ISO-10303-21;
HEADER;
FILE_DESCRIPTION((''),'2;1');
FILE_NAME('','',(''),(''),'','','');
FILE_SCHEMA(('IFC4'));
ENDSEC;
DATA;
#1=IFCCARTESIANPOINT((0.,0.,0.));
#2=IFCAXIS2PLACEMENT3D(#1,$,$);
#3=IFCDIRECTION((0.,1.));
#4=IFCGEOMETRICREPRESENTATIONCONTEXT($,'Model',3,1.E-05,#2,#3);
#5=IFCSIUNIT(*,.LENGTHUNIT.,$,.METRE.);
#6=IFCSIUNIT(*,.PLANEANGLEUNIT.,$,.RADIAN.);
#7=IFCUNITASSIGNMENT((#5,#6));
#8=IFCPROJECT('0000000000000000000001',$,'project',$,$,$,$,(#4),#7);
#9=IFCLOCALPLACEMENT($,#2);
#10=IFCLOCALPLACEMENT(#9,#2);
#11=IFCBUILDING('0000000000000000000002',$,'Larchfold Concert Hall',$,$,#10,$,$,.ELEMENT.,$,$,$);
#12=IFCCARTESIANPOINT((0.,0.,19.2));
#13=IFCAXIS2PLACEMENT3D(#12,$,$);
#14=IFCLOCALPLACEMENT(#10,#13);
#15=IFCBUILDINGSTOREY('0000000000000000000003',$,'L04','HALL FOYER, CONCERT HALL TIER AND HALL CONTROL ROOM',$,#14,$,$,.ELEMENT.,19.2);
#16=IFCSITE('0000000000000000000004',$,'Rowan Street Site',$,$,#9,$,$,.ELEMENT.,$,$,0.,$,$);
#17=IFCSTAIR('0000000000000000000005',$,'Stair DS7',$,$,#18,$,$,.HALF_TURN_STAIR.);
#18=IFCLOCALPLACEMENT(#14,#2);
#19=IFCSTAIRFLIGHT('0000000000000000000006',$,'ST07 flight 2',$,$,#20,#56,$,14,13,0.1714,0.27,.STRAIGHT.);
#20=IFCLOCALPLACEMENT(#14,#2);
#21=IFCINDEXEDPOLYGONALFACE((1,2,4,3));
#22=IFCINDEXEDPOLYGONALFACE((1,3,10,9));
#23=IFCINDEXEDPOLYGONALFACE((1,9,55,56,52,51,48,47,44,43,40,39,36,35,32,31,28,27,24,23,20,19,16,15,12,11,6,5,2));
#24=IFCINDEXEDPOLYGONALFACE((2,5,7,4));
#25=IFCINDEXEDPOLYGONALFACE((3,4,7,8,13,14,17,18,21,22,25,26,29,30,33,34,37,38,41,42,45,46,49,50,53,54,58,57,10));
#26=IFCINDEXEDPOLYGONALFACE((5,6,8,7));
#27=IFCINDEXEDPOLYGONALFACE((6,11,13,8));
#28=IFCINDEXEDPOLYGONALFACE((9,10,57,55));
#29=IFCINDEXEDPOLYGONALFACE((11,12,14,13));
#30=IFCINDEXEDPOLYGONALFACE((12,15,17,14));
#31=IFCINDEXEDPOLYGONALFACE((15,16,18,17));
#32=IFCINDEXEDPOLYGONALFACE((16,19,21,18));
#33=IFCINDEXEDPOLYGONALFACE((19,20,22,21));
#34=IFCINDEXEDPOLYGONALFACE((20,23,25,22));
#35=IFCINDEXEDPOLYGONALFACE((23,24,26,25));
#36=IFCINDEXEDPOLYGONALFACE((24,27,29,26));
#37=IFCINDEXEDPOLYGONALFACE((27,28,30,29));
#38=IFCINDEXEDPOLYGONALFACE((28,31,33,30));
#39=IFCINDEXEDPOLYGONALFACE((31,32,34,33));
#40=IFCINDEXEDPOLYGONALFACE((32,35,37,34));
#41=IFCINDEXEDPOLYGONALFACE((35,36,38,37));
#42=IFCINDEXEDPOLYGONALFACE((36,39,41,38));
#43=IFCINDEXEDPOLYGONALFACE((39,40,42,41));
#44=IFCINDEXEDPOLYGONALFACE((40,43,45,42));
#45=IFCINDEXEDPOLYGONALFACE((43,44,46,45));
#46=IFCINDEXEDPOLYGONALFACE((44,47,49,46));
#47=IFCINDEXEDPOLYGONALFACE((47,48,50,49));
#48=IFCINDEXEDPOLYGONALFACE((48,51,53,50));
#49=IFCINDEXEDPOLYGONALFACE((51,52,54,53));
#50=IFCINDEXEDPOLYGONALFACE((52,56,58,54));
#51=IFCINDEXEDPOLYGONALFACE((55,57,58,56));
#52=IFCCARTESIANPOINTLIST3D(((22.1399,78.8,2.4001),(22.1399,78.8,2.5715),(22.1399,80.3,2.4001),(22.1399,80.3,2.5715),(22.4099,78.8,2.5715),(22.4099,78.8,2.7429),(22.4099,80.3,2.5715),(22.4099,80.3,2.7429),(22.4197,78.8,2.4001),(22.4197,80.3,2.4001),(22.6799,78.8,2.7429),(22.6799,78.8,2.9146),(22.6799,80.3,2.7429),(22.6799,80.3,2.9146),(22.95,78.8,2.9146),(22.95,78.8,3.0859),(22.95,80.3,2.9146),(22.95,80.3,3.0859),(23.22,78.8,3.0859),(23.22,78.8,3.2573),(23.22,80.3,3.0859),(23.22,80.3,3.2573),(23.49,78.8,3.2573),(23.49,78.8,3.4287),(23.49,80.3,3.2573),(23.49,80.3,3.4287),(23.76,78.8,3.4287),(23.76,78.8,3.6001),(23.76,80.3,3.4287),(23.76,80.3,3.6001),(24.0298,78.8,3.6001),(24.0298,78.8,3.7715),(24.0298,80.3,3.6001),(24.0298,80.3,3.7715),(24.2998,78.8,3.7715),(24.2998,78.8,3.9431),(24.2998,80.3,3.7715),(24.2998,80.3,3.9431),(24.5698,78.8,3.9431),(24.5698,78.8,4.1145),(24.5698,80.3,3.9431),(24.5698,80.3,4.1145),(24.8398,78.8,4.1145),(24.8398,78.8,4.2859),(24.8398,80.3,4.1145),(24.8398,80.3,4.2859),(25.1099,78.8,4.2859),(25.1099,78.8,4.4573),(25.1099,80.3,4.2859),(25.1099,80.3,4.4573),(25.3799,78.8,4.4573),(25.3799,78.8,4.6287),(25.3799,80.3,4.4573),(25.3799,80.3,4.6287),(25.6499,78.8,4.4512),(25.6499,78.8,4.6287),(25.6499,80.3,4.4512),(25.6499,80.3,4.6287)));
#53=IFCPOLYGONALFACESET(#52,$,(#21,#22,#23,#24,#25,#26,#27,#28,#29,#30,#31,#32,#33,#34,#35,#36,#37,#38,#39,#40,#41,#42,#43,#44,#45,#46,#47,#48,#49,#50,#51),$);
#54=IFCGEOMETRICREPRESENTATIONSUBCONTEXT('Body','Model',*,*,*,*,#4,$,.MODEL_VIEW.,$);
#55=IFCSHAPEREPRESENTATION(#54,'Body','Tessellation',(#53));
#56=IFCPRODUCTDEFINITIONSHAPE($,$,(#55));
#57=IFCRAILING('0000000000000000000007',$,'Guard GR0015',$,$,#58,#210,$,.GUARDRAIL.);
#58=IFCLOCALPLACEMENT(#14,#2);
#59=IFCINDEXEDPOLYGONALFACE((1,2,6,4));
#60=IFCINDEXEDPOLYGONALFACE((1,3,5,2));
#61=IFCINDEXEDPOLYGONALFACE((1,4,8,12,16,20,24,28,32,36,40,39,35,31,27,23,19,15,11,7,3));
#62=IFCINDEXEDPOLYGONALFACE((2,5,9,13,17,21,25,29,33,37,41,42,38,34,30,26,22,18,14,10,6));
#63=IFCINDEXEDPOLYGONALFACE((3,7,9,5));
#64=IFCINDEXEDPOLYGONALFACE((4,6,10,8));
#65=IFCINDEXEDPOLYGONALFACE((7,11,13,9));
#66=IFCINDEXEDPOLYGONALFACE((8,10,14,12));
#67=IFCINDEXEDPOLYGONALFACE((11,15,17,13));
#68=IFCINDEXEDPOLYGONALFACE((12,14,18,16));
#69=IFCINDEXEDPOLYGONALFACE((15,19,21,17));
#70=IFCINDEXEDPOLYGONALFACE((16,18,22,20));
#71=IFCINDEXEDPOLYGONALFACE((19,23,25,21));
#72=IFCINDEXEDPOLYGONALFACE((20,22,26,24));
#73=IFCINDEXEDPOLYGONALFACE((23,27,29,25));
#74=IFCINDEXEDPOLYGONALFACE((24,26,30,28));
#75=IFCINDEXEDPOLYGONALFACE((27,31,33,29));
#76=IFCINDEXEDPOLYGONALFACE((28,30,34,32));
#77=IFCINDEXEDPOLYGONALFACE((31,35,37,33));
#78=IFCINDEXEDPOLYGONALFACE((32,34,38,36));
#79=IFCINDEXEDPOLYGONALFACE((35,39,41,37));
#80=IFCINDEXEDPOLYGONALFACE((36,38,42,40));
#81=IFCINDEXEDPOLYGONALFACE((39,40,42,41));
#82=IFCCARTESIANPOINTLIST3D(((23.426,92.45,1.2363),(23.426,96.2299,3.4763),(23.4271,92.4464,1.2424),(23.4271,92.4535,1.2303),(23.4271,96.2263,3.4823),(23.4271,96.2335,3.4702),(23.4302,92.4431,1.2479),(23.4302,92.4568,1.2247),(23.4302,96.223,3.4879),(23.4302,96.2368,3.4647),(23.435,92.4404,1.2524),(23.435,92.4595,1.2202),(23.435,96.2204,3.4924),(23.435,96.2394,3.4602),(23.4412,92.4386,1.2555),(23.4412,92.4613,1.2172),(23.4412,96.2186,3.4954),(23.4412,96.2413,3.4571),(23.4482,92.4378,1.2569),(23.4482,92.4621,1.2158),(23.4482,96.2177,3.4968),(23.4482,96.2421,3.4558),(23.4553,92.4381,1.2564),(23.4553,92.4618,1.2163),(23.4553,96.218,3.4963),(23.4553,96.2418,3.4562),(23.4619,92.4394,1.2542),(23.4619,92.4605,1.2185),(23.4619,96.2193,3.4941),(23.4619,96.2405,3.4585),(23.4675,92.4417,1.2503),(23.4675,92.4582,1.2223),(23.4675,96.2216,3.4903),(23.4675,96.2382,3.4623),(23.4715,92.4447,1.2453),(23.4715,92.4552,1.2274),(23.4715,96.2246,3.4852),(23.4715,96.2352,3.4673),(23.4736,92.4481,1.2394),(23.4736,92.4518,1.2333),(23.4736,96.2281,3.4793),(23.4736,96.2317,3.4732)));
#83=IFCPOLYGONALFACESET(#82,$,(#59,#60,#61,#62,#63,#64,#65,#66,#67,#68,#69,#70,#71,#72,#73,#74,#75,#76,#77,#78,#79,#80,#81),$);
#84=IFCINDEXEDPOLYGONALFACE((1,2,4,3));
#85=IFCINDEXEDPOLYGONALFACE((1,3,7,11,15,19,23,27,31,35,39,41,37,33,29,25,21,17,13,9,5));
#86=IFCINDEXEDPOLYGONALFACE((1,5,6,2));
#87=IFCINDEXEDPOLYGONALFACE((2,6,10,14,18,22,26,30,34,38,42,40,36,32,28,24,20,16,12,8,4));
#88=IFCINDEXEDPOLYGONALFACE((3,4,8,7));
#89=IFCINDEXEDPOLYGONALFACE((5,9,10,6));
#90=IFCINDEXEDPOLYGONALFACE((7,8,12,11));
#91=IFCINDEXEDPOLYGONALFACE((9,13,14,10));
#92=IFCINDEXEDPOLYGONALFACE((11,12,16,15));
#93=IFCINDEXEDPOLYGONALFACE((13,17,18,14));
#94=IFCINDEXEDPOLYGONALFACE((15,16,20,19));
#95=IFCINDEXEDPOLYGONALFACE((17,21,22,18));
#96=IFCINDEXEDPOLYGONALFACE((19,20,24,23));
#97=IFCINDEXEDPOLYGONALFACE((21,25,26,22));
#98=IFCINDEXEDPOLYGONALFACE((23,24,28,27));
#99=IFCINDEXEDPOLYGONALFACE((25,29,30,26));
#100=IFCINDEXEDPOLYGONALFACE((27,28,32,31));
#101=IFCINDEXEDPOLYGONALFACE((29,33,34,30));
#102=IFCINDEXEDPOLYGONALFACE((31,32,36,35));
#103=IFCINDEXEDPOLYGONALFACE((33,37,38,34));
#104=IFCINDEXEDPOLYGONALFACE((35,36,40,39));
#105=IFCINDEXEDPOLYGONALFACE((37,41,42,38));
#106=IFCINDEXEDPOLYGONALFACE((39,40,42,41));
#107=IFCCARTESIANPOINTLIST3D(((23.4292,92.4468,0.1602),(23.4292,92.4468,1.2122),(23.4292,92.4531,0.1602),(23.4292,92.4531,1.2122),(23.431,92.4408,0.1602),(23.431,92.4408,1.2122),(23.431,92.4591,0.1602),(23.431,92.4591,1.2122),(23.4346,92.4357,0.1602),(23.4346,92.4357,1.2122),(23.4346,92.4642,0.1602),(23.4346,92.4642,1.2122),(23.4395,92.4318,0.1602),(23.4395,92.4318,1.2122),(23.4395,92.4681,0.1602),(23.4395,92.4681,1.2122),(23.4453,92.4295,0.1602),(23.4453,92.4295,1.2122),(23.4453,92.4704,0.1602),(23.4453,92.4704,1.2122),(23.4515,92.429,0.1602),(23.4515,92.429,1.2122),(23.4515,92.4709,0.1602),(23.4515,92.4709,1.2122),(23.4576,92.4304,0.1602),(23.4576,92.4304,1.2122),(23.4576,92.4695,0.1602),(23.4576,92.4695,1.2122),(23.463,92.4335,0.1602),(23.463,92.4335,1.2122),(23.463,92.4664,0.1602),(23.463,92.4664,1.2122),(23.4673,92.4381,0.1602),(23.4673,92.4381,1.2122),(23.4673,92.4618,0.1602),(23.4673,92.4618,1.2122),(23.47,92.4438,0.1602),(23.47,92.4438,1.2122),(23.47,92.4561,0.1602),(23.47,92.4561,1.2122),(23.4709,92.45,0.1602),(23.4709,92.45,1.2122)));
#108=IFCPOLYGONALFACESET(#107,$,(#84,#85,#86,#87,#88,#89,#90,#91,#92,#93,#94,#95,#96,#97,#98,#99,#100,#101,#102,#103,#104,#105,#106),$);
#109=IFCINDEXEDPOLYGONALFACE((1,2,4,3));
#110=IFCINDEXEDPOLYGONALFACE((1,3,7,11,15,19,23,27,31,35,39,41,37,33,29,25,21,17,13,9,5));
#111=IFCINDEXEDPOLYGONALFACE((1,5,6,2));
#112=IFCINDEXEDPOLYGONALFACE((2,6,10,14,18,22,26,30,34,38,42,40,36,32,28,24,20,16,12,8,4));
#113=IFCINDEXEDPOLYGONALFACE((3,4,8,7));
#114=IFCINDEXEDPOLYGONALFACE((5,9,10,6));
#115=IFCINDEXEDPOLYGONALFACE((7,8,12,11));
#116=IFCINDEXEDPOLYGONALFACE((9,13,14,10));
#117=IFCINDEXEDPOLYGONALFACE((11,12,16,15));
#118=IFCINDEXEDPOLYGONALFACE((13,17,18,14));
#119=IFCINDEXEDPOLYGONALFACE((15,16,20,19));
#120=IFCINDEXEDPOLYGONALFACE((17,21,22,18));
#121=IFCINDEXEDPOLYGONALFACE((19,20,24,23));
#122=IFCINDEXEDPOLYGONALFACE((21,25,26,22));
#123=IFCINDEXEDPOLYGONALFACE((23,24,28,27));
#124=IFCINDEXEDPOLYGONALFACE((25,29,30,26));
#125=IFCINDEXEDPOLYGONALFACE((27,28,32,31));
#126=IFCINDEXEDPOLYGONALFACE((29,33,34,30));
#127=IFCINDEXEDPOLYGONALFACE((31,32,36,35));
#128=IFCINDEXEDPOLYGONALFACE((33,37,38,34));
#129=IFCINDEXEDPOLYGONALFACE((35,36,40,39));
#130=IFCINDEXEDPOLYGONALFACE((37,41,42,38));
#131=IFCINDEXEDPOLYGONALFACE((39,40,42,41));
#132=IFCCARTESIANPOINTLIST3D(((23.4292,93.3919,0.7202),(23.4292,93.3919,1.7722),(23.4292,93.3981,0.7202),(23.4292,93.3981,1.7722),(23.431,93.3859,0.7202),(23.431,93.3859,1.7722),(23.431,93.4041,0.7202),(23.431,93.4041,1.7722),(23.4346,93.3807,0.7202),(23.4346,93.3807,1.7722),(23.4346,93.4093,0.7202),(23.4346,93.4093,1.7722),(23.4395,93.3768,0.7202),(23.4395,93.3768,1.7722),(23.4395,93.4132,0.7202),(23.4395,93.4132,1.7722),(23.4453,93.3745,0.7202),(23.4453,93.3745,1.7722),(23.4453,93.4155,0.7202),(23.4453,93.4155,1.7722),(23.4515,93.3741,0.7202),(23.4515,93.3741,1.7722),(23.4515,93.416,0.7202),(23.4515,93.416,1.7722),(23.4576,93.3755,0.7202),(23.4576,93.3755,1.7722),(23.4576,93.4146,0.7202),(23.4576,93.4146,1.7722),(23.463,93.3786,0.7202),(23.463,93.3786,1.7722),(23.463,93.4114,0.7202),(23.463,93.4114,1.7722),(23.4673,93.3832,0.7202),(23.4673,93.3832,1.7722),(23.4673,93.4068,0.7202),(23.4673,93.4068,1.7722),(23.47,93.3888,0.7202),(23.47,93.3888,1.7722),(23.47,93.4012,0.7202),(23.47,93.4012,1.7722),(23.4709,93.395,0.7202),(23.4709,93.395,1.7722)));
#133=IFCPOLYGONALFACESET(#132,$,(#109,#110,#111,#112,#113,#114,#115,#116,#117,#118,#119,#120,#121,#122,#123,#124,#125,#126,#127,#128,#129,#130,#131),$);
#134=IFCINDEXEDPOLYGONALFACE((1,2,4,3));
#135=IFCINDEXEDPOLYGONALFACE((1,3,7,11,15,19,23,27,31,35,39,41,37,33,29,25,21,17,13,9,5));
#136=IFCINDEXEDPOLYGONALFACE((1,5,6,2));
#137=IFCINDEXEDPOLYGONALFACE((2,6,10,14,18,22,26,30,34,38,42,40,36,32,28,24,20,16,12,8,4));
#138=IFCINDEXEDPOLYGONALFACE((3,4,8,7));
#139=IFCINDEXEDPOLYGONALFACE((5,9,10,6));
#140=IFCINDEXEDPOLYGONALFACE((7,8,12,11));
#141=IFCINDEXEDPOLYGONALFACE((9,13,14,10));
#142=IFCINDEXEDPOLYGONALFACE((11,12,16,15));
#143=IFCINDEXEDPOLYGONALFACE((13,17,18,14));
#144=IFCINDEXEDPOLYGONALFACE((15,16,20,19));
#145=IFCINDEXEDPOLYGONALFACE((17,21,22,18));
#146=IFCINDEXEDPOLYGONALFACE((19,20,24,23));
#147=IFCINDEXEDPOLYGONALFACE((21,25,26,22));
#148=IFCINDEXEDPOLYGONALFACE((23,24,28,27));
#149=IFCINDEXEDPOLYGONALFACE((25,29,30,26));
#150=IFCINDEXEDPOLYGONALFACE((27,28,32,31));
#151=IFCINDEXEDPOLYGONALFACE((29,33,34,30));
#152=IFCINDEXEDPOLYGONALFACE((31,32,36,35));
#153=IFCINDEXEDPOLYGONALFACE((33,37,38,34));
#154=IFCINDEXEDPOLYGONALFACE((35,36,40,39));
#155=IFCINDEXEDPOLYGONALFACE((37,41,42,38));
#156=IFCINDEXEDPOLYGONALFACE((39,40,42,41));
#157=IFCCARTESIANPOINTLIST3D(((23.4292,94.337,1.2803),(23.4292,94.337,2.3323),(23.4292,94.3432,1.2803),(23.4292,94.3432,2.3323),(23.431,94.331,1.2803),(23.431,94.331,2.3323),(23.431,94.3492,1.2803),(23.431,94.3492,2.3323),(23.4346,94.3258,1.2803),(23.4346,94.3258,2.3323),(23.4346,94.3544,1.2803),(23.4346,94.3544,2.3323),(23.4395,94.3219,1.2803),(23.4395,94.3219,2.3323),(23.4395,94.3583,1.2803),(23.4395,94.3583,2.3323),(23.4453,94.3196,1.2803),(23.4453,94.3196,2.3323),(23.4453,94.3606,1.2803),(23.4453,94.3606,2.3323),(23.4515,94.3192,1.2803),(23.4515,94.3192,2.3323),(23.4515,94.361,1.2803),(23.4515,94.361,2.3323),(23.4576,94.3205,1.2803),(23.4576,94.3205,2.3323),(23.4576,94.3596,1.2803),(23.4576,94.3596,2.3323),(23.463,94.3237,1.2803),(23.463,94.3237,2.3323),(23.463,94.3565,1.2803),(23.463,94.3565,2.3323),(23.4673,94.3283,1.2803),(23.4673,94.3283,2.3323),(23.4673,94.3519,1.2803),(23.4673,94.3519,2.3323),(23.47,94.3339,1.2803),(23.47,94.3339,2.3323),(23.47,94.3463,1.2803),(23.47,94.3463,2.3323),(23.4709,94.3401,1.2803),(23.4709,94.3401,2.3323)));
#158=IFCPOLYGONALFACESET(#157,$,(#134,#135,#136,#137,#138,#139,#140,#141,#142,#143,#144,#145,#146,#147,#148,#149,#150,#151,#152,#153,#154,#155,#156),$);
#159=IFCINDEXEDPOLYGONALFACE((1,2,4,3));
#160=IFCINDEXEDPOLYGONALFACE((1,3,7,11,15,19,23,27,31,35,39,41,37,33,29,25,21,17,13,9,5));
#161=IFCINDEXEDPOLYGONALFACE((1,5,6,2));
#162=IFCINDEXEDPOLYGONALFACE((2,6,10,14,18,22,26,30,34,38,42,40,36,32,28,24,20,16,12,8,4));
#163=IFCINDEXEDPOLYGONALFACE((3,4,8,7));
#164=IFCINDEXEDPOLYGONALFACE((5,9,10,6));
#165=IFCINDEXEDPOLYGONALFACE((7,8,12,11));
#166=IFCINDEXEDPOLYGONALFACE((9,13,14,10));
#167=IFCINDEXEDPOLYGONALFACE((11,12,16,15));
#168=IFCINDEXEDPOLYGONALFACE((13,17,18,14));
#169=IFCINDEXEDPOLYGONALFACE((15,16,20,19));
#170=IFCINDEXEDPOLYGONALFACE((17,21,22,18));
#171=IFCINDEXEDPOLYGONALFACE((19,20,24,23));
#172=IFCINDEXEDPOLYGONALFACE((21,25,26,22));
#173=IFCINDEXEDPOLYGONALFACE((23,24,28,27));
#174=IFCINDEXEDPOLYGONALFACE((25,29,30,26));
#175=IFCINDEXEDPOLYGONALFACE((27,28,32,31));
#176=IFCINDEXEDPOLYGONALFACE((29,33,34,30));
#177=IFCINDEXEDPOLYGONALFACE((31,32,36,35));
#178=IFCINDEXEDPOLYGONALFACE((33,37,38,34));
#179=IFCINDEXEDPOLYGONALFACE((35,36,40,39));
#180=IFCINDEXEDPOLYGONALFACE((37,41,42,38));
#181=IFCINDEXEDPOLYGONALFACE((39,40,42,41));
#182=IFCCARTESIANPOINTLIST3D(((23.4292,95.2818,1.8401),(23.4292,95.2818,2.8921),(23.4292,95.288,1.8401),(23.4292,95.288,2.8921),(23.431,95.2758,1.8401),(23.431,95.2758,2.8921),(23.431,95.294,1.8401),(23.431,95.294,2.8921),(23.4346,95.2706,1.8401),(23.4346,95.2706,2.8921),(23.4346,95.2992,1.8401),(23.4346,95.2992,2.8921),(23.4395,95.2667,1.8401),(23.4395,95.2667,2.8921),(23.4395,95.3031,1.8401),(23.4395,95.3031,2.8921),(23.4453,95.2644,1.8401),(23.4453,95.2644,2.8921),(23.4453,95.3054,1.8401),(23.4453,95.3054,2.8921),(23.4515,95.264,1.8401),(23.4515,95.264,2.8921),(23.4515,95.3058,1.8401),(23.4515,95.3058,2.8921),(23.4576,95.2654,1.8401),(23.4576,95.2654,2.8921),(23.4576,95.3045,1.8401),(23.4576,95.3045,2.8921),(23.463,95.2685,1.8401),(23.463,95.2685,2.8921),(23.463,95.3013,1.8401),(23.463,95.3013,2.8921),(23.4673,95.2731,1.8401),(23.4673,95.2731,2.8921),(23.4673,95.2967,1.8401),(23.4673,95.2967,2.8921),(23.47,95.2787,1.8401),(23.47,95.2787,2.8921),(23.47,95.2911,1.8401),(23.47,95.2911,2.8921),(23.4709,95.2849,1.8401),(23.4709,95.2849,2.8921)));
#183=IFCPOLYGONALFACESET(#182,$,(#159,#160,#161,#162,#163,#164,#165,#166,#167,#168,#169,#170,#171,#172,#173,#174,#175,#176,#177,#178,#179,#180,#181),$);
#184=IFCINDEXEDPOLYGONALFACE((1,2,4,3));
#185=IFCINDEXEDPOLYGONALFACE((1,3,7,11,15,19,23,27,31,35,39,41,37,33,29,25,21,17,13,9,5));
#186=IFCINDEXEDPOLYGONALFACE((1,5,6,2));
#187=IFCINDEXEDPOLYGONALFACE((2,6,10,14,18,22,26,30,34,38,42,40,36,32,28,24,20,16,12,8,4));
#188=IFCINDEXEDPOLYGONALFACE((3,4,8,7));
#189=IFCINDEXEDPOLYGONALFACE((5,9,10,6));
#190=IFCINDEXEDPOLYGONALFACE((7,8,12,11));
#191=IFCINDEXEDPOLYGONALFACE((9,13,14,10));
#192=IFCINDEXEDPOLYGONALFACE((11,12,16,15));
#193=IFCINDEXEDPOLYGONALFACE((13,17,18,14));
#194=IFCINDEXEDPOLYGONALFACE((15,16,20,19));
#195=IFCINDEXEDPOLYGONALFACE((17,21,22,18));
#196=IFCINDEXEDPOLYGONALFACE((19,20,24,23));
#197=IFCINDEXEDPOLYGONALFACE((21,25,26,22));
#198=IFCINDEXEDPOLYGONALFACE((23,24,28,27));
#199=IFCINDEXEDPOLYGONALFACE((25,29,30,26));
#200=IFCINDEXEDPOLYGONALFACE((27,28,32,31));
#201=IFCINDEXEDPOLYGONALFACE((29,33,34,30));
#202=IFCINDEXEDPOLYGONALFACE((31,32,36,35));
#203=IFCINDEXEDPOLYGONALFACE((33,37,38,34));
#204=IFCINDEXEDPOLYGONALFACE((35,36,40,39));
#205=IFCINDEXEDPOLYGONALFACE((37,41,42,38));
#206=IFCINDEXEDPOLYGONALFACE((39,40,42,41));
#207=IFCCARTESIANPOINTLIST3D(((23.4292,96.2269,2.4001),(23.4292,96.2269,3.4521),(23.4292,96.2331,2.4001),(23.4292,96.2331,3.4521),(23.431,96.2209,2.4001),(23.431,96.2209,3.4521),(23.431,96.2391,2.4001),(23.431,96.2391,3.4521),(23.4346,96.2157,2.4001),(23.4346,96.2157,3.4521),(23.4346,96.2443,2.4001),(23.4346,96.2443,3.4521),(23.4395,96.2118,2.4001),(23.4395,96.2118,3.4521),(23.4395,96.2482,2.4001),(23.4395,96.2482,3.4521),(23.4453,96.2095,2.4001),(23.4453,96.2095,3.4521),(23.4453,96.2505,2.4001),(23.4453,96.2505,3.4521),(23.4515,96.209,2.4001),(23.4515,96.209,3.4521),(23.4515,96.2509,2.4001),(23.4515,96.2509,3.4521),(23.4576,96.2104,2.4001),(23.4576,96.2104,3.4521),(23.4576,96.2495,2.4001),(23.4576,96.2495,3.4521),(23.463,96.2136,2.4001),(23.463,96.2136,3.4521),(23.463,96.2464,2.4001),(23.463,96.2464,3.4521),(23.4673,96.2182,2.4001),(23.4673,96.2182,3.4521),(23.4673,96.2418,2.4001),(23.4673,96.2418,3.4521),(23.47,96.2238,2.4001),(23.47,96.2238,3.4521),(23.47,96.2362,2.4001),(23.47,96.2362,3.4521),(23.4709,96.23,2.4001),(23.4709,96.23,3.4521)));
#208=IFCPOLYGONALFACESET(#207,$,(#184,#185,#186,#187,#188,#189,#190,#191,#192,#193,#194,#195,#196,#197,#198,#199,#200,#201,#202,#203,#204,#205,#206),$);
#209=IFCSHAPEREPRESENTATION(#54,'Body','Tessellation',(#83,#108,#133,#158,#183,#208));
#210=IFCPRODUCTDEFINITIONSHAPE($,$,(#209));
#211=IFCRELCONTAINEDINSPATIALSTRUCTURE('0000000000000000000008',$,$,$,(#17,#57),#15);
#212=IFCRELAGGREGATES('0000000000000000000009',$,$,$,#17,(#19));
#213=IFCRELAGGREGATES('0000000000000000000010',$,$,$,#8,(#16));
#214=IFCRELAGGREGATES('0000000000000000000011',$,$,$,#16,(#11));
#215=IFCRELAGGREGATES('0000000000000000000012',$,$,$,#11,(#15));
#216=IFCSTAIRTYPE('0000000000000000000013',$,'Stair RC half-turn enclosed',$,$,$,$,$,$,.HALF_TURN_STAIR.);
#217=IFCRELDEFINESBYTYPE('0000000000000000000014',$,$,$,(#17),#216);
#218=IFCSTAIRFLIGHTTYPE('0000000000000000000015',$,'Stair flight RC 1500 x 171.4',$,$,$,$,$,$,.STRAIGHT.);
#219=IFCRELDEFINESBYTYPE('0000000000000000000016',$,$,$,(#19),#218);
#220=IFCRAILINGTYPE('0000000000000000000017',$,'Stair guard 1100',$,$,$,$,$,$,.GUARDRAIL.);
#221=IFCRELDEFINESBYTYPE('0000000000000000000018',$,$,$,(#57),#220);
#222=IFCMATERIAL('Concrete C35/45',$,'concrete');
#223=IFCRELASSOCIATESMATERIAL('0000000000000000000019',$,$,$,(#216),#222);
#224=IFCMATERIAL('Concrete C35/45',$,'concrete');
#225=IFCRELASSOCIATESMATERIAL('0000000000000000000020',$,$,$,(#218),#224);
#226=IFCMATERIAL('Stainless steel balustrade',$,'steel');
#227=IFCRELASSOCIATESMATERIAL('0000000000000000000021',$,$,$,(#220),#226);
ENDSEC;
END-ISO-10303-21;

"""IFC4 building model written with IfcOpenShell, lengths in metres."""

from ifc_helpers import new_model, si_unit, direction, frame, origin, origin_2d, place, context, subcontext, project, spatial, polyline, circle, outline, extrude, material, type_object, element, aggregate, save


model = new_model("IFC4")

# Units and contexts
model_context = context("Model", 3, precision=1e-05, world=origin(), true_north=direction((0.0, 1.0)))
body_context = subcontext(model_context, "Body", "Model", "MODEL_VIEW")
ifc_project = project(units=[si_unit("LENGTHUNIT", "METRE"), si_unit("PLANEANGLEUNIT", "RADIAN")], contexts=[model_context])

# Site, building, storey
site_placement = place(None, origin())
site = spatial("IfcSite", under=ifc_project, at=site_placement, Name="Rowan Street Site", CompositionType="ELEMENT", RefElevation=0.0)
building_placement = place(site_placement, origin())
building = spatial("IfcBuilding", under=site, at=building_placement, Name="Larchfold Concert Hall", CompositionType="ELEMENT")
storey_placement = place(building_placement, frame((0.0, 0.0, 19.2)))
storey = spatial("IfcBuildingStorey", under=building, at=storey_placement, Name="L04", Description="HALL FOYER, CONCERT HALL TIER AND HALL CONTROL ROOM", CompositionType="ELEMENT", Elevation=19.2)

# Stair, stair flight
ifc_material_1 = material(Name="Concrete C35/45", Category="concrete")
stair_type = type_object("IfcStairType", Name="Stair RC half-turn enclosed", PredefinedType="HALF_TURN_STAIR", material=ifc_material_1)
stair_1_placement = place(storey_placement, origin())
stair_1 = element("IfcStair", 1, at=stair_1_placement, inside=storey, type_object=stair_type, Name="Stair DS7", PredefinedType="HALF_TURN_STAIR")
ifc_material_2 = material(Name="Concrete C35/45", Category="concrete")
stair_flight_type_1 = type_object("IfcStairFlightType", Name="Stair flight RC 1500 x 171.4", PredefinedType="STRAIGHT", material=ifc_material_2)
stair_flight_1_placement = place(storey_placement, frame((22.1399, 79.55, 2.4001), z_axis=(0.0, 0.0, 1.0), x_axis=(1.0, 0.0, 0.0)))
stair_flight_1 = element("IfcStairFlight", 2, at=stair_flight_1_placement, type_object=stair_flight_type_1, Name="ST07 flight 2", NumberOfRisers=14, NumberOfTreads=13, PredefinedType="STRAIGHT", RiserHeight=0.1714, TreadLength=0.27, context=body_context, shape_type="SweptSolid", body=[
    extrude(outline(polyline([(0.0, 0.0), (0.0, 0.1714), (0.27, 0.1714), (0.27, 0.3428), (0.54, 0.3428), (0.54, 0.5144), (0.8101, 0.5144), (0.8101, 0.6858), (1.0801, 0.6858), (1.0801, 0.8572), (1.3501, 0.8572), (1.3501, 1.0286), (1.6201, 1.0286), (1.6201, 1.2), (1.8899, 1.2), (1.8899, 1.3713), (2.1599, 1.3713), (2.1599, 1.543), (2.4299, 1.543), (2.4299, 1.7144), (2.7, 1.7144), (2.7, 1.8857), (2.97, 1.8857), (2.97, 2.0571), (3.24, 2.0571), (3.24, 2.2285), (3.51, 2.2285), (3.51, 2.3999), (3.51, 2.051), (0.2798, 0.0), (0.0, 0.0)])), frame((0.0, 0.75, 0.0), z_axis=(0.0, -1.0, 0.0), x_axis=(1.0, 0.0, 0.0)), (0.0, 0.0, 1.0), 1.5),
])
aggregate(stair_1, [stair_flight_1])

# Railing
ifc_material_3 = material(Name="Stainless steel balustrade", Category="steel")
railing_type_1 = type_object("IfcRailingType", Name="Stair guard 1100", PredefinedType="GUARDRAIL", material=ifc_material_3)
railing_1_placement = place(storey_placement, frame((23.45, 92.45, 0.1602)))
element("IfcRailing", 3, at=railing_1_placement, inside=storey, type_object=railing_type_1, Name="Guard GR0015", PredefinedType="GUARDRAIL", context=body_context, shape_type="SweptSolid", body=[
    extrude(circle(Radius=0.0239, at=origin_2d()), frame((0.0, 0.0, 1.0762), z_axis=(0.0, 0.860294, 0.509798), x_axis=(-1.0, 0.0, 0.0)), (0.0, 0.0, 1.0), 4.3938),
    extrude(circle(Radius=0.021, at=origin_2d()), origin(), (0.0, 0.0, 1.0), 1.052),
    extrude(circle(Radius=0.021, at=origin_2d()), frame((0.0, 0.9451, 0.5601)), (0.0, 0.0, 1.0), 1.052),
    extrude(circle(Radius=0.021, at=origin_2d()), frame((0.0, 1.8901, 1.1201)), (0.0, 0.0, 1.0), 1.052),
    extrude(circle(Radius=0.021, at=origin_2d()), frame((0.0, 2.835, 1.6799)), (0.0, 0.0, 1.0), 1.052),
    extrude(circle(Radius=0.021, at=origin_2d()), frame((0.0, 3.78, 2.24)), (0.0, 0.0, 1.0), 1.052),
])

save(model, "model.ifc")
